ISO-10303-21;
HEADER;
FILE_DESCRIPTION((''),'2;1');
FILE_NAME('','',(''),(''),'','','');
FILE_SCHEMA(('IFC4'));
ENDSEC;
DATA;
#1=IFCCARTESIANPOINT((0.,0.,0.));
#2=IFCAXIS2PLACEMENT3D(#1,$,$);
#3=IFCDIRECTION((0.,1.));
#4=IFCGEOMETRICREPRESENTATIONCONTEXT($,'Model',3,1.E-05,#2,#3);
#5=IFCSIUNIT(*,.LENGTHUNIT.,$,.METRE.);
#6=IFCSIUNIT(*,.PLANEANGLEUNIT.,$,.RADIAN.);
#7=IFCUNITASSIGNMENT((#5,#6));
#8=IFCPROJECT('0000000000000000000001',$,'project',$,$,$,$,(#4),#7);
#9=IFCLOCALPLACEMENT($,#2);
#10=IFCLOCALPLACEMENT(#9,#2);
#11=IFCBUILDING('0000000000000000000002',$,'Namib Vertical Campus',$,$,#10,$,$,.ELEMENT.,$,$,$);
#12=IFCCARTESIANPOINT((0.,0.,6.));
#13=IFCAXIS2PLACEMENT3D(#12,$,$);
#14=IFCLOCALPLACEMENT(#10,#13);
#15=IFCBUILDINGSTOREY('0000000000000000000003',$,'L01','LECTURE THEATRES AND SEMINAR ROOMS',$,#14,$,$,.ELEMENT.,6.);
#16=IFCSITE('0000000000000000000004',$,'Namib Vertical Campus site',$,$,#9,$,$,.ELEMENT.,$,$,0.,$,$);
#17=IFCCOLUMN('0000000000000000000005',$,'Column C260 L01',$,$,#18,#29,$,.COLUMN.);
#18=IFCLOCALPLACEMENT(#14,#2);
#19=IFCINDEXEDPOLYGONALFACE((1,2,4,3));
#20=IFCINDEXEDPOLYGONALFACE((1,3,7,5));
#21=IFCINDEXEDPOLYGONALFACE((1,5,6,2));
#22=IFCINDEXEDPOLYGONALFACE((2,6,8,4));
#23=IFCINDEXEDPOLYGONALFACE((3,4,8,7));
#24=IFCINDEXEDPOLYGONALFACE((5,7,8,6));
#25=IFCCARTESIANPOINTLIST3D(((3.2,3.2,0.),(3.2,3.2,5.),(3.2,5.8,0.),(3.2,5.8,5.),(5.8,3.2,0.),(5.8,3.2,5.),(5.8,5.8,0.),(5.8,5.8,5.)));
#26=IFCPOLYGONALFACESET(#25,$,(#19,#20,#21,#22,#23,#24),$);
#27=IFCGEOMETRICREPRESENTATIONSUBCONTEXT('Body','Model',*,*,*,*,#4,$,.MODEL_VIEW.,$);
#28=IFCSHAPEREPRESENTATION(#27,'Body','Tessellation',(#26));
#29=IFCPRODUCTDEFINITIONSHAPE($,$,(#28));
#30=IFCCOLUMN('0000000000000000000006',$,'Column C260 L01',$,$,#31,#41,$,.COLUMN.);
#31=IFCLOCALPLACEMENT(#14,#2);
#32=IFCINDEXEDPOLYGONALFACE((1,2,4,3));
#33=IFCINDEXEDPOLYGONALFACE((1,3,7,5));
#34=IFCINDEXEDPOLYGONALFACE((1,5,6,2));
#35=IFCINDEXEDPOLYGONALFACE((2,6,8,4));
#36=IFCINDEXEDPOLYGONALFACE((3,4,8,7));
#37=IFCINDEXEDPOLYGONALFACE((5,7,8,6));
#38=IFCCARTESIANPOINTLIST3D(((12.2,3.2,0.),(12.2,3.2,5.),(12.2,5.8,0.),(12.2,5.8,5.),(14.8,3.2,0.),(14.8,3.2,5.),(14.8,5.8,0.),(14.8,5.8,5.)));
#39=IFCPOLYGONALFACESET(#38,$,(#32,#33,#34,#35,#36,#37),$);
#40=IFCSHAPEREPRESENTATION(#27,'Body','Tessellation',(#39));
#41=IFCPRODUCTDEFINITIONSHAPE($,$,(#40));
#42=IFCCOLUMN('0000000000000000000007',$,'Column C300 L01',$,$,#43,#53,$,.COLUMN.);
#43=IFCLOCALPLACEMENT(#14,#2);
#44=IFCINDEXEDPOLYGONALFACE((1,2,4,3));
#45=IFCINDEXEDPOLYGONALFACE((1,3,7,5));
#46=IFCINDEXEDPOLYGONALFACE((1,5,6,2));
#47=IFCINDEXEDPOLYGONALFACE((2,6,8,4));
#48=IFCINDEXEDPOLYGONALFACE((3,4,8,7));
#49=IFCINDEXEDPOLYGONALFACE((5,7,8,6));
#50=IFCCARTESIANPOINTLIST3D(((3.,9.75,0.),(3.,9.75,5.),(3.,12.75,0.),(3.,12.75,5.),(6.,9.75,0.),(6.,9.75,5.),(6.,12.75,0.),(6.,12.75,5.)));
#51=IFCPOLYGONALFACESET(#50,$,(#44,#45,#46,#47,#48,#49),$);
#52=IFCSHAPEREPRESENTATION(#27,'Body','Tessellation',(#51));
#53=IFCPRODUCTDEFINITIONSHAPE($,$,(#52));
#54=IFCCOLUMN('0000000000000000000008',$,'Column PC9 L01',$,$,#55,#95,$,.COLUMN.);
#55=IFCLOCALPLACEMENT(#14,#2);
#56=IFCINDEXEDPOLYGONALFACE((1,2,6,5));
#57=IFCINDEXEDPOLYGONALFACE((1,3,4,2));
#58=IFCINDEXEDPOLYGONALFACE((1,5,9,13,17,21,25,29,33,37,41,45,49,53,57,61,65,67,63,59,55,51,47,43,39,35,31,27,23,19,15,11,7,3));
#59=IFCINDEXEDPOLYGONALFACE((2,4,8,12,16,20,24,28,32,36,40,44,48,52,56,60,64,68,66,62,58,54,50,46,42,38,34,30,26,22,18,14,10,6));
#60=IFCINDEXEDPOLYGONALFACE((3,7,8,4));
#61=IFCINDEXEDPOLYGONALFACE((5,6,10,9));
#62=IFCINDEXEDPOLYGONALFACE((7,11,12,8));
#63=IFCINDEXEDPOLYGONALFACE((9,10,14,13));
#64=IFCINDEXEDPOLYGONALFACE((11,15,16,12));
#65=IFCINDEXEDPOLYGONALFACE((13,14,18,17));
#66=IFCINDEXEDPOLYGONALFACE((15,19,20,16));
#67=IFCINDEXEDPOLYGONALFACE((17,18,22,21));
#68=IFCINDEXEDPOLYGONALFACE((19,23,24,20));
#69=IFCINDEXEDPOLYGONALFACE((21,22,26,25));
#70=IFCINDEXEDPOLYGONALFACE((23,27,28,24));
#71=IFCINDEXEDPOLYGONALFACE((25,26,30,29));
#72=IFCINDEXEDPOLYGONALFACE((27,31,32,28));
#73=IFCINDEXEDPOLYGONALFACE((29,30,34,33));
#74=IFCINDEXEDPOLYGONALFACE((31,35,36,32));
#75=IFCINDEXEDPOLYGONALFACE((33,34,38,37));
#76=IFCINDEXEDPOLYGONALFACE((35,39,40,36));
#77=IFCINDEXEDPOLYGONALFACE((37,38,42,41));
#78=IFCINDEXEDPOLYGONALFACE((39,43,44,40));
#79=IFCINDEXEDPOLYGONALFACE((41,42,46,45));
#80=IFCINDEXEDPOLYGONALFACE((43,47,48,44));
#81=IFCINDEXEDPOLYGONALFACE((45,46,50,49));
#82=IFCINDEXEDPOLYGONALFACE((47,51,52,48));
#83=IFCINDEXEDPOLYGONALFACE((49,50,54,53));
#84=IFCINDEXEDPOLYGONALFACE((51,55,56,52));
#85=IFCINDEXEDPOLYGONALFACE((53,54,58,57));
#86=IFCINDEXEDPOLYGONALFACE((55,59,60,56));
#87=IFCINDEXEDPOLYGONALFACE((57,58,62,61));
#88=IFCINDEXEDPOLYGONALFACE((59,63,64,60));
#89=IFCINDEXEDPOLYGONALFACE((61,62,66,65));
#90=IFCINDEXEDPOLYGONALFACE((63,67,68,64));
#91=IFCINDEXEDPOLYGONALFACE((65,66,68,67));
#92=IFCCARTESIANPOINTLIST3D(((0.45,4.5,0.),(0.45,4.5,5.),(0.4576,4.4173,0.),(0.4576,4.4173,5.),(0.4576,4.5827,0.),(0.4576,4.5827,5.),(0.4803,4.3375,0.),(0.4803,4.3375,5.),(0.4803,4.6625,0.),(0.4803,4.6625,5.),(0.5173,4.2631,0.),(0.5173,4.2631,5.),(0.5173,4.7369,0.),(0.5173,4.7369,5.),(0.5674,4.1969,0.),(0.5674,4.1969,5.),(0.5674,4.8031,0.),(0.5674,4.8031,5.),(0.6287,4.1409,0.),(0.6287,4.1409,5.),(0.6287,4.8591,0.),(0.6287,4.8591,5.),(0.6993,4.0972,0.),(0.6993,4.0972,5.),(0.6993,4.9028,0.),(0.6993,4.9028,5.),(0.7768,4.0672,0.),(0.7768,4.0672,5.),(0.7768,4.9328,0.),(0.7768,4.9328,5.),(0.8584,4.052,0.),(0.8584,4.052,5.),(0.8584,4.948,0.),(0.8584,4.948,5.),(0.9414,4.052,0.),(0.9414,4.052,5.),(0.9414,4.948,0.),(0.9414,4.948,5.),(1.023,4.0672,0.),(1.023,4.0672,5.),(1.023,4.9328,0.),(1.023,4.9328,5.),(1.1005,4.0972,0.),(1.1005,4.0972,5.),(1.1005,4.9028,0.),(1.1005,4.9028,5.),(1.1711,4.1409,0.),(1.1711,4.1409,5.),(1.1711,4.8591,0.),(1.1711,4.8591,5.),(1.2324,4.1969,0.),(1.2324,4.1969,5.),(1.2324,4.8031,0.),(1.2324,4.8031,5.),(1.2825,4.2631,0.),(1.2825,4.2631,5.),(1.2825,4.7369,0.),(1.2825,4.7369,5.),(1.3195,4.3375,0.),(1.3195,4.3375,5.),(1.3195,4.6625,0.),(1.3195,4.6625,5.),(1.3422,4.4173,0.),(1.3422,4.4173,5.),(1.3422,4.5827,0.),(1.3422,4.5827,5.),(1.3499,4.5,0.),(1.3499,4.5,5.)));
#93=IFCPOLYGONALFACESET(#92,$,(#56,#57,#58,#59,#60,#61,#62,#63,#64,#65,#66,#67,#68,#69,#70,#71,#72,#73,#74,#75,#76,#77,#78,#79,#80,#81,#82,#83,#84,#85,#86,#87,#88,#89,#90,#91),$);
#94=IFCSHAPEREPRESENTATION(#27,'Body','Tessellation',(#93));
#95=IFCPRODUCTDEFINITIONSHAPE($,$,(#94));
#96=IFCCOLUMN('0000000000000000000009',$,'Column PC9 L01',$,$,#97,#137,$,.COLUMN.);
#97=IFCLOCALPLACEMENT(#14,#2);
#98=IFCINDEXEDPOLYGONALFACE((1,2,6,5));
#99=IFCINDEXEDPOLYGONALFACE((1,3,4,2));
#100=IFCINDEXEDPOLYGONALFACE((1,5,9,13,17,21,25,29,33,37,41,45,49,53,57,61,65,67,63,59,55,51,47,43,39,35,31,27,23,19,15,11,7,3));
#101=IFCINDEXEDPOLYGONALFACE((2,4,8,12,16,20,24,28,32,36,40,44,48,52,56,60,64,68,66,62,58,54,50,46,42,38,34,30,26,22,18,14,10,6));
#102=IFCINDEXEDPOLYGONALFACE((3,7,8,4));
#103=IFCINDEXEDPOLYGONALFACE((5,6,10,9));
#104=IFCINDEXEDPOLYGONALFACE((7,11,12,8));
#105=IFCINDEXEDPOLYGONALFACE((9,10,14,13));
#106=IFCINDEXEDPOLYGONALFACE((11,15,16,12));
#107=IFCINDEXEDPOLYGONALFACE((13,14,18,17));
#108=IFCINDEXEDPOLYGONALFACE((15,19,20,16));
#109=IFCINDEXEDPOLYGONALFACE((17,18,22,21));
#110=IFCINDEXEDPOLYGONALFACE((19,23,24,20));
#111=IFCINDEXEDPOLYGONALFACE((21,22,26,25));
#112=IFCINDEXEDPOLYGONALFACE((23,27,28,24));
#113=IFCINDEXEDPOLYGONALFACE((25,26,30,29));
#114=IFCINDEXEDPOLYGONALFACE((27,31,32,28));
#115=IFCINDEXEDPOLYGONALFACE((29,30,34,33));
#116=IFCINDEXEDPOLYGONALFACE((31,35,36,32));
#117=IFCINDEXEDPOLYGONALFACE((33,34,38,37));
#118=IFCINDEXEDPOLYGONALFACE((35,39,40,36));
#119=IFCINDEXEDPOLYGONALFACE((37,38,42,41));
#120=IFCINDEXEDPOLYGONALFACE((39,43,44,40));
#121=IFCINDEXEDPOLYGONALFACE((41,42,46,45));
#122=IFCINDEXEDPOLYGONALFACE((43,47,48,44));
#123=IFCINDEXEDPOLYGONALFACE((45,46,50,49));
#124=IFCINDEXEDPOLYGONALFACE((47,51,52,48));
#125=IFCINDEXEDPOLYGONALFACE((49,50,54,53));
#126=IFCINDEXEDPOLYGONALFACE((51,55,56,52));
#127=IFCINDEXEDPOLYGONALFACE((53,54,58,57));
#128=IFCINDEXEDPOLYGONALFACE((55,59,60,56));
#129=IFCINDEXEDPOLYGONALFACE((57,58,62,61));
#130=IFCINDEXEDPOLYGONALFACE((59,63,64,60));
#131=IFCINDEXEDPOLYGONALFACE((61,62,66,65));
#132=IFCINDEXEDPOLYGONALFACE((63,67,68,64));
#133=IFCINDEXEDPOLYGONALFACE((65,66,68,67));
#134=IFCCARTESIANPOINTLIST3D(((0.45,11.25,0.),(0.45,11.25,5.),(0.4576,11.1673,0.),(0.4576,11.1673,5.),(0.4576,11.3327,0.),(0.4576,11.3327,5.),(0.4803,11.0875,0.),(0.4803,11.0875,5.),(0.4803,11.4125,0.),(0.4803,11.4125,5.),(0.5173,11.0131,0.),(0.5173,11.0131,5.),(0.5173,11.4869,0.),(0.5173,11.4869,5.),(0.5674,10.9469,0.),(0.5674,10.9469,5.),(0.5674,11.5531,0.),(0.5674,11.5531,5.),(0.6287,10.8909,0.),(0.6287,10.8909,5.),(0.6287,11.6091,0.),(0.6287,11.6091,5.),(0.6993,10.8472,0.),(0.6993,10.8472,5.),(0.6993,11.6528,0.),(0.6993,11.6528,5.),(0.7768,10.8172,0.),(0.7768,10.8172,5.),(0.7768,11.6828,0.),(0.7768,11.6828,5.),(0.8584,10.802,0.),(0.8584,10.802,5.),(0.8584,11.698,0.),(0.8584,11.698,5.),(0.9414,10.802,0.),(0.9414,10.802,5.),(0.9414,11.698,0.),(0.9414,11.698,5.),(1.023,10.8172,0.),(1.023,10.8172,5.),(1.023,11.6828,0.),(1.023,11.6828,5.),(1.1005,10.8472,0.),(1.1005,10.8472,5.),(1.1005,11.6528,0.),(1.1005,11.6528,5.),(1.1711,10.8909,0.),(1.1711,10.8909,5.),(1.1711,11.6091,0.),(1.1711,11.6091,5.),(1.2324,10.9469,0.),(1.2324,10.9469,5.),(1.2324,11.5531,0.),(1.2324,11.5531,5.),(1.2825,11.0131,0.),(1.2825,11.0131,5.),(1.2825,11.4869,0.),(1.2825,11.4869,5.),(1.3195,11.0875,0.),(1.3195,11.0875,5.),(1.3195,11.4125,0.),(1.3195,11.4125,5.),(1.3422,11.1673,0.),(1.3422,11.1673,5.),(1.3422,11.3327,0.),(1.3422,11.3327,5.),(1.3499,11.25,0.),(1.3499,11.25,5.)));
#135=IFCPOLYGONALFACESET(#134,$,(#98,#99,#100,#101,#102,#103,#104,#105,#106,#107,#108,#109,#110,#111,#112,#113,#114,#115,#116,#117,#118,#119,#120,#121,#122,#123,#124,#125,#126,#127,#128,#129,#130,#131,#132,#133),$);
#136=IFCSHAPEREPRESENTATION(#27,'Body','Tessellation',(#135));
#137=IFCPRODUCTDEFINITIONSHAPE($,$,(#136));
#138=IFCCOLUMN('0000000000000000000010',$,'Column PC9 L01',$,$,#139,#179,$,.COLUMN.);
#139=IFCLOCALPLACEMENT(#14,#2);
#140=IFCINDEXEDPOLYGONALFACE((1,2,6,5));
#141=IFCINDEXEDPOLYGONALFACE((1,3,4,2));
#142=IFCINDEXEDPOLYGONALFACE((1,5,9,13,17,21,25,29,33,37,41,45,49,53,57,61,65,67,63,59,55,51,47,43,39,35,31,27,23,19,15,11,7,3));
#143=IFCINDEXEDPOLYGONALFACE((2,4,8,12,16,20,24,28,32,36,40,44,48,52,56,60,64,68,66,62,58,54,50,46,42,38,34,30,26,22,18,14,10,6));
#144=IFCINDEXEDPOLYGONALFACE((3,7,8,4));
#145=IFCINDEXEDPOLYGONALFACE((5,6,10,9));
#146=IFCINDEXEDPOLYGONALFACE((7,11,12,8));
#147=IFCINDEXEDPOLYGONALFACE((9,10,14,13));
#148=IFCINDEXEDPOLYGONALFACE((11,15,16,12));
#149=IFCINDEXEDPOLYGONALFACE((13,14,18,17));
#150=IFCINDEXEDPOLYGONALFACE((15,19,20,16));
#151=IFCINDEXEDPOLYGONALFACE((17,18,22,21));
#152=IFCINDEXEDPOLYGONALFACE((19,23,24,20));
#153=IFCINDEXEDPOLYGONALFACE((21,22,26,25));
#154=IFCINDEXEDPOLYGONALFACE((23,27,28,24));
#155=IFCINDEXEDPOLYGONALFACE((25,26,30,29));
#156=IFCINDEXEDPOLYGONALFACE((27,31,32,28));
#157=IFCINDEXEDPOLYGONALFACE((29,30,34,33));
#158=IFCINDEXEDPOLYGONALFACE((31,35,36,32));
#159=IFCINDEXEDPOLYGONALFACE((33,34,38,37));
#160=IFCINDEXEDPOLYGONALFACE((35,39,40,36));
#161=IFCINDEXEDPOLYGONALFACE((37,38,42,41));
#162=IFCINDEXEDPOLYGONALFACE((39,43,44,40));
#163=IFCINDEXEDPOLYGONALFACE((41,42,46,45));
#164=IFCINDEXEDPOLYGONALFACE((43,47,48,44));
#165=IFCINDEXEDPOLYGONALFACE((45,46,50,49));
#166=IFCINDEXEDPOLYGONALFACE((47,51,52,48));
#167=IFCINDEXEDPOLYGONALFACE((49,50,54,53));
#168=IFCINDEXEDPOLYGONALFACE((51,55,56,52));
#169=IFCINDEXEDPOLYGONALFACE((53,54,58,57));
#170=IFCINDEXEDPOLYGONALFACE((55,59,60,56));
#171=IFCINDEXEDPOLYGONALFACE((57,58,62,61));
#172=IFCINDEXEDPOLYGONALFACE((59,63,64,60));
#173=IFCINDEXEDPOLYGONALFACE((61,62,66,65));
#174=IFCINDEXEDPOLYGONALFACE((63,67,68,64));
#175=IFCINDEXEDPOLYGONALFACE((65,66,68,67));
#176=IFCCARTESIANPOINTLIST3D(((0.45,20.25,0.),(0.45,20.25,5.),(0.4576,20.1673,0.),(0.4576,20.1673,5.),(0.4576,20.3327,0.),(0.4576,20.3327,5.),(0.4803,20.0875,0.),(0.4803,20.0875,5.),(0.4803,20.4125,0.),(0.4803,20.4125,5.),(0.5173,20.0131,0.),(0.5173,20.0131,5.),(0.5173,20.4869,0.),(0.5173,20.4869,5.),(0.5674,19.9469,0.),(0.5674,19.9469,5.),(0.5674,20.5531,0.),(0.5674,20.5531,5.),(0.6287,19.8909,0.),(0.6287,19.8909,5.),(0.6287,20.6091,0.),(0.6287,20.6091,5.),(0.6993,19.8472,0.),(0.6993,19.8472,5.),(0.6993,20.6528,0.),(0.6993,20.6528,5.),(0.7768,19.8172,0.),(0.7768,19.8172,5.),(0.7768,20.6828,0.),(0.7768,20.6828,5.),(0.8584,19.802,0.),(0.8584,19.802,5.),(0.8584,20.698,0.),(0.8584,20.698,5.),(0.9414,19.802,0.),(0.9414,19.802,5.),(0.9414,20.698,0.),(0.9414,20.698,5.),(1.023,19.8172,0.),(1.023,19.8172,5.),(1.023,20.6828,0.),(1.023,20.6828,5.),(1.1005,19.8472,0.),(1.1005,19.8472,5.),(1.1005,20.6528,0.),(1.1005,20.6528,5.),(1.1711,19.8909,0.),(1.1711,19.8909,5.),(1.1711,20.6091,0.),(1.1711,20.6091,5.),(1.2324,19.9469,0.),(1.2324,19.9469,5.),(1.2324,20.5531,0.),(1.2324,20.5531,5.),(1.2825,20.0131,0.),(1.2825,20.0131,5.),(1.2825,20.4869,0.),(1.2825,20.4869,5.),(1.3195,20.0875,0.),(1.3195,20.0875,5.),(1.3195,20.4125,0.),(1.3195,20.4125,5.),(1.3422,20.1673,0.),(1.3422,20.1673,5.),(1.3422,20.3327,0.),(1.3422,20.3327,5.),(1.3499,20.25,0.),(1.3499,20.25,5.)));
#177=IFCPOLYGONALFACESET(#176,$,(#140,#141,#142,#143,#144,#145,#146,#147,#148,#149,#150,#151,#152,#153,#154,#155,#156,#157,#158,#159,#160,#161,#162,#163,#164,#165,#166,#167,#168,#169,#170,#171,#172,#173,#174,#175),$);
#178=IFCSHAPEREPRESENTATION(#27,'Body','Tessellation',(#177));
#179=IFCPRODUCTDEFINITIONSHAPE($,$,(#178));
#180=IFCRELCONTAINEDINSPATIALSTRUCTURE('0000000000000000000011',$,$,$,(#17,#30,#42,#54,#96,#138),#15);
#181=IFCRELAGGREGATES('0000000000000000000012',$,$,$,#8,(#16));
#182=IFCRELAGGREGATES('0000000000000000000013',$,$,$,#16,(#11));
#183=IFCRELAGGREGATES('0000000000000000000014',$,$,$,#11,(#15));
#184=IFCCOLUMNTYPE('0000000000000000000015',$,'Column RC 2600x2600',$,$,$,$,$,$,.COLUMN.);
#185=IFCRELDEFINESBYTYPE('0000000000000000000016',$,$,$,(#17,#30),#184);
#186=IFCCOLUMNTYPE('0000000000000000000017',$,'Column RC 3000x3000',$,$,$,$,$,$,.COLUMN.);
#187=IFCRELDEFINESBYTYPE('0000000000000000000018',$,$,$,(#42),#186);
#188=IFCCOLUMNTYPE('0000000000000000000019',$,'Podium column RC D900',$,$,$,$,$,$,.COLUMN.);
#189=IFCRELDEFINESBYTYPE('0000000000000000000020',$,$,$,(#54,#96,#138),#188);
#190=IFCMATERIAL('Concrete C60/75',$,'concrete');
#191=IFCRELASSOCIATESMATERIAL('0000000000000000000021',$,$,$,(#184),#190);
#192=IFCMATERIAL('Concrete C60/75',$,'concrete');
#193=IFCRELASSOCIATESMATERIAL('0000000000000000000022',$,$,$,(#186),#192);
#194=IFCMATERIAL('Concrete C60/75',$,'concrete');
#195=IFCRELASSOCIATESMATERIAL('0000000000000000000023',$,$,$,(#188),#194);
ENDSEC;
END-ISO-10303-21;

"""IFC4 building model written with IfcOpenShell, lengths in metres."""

from ifc_helpers import new_model, si_unit, direction, frame, origin, origin_2d, place, context, subcontext, project, spatial, rectangle, circle, extrude, material, material_profile, profile_set, type_object, element, save


model = new_model("IFC4")

# Units and contexts
model_context = context("Model", 3, precision=1e-05, world=origin(), true_north=direction((0.0, 1.0)))
body_context = subcontext(model_context, "Body", "Model", "MODEL_VIEW")
ifc_project = project(units=[si_unit("LENGTHUNIT", "METRE"), si_unit("PLANEANGLEUNIT", "RADIAN")], contexts=[model_context])

# Site, building, storey
site_placement = place(None, origin())
site = spatial("IfcSite", under=ifc_project, at=site_placement, Name="Namib Vertical Campus site", CompositionType="ELEMENT", RefElevation=0.0)
building_placement = place(site_placement, origin())
building = spatial("IfcBuilding", under=site, at=building_placement, Name="Namib Vertical Campus", CompositionType="ELEMENT")
storey_placement = place(building_placement, frame((0.0, 0.0, 6.0)))
storey = spatial("IfcBuildingStorey", under=building, at=storey_placement, Name="L01", Description="LECTURE THEATRES AND SEMINAR ROOMS", CompositionType="ELEMENT", Elevation=6.0)

# Columns
ifc_material_1 = material(Name="Concrete C60/75", Category="concrete")
ifc_material_profile_1 = material_profile(ifc_material_1, rectangle(XDim=2.6001, YDim=2.6001, at=origin_2d()))
ifc_profile_set_1 = profile_set([ifc_material_profile_1], Name="Concrete C60/75")
column_type_1 = type_object("IfcColumnType", Name="Column RC 2600x2600", PredefinedType="COLUMN", material=ifc_profile_set_1)
for number, where, z_axis, x_axis, name in (
    (1, (4.5, 4.5, 0.0), (0.0, 0.0, 1.0), (1.0, 0.0, 0.0), "Column C260 L01"),
    (2, (13.5, 4.5, 0.0), (0.0, 0.0, 1.0), (1.0, 0.0, 0.0), "Column C260 L01"),
):
    element("IfcColumn", number, at=place(storey_placement, frame(where, z_axis=z_axis, x_axis=x_axis)), inside=storey, type_object=column_type_1, Name=name, PredefinedType="COLUMN", context=body_context, shape_type="SweptSolid", body=[
        extrude(rectangle(XDim=2.6001, YDim=2.6001, at=origin_2d()), origin(), (0.0, 0.0, 1.0), 5.0),
    ])
ifc_material_2 = material(Name="Concrete C60/75", Category="concrete")
ifc_material_profile_2 = material_profile(ifc_material_2, rectangle(XDim=3.0, YDim=3.0, at=origin_2d()))
ifc_profile_set_2 = profile_set([ifc_material_profile_2], Name="Concrete C60/75")
column_type_2 = type_object("IfcColumnType", Name="Column RC 3000x3000", PredefinedType="COLUMN", material=ifc_profile_set_2)
column_placement = place(storey_placement, frame((4.5, 11.25, 0.0), z_axis=(0.0, 0.0, 1.0), x_axis=(1.0, 0.0, 0.0)))
element("IfcColumn", 3, at=column_placement, inside=storey, type_object=column_type_2, Name="Column C300 L01", PredefinedType="COLUMN", context=body_context, shape_type="SweptSolid", body=[
    extrude(rectangle(XDim=3.0, YDim=3.0, at=origin_2d()), origin(), (0.0, 0.0, 1.0), 5.0),
])
ifc_material_3 = material(Name="Concrete C60/75", Category="concrete")
ifc_material_profile_3 = material_profile(ifc_material_3, circle(Radius=0.45, at=origin_2d()))
ifc_profile_set_3 = profile_set([ifc_material_profile_3], Name="Concrete C60/75")
column_type_3 = type_object("IfcColumnType", Name="Podium column RC D900", PredefinedType="COLUMN", material=ifc_profile_set_3)
for number, where, z_axis, x_axis, name in (
    (4, (0.8999, 4.5, 0.0), (0.0, 0.0, 1.0), (1.0, 0.0, 0.0), "Column PC9 L01"),
    (5, (0.8999, 11.25, 0.0), (0.0, 0.0, 1.0), (1.0, 0.0, 0.0), "Column PC9 L01"),
    (6, (0.8999, 20.25, 0.0), (0.0, 0.0, 1.0), (1.0, 0.0, 0.0), "Column PC9 L01"),
):
    element("IfcColumn", number, at=place(storey_placement, frame(where, z_axis=z_axis, x_axis=x_axis)), inside=storey, type_object=column_type_3, Name=name, PredefinedType="COLUMN", context=body_context, shape_type="SweptSolid", body=[
        extrude(circle(Radius=0.45, at=origin_2d()), origin(), (0.0, 0.0, 1.0), 5.0),
    ])

save(model, "model.ifc")
